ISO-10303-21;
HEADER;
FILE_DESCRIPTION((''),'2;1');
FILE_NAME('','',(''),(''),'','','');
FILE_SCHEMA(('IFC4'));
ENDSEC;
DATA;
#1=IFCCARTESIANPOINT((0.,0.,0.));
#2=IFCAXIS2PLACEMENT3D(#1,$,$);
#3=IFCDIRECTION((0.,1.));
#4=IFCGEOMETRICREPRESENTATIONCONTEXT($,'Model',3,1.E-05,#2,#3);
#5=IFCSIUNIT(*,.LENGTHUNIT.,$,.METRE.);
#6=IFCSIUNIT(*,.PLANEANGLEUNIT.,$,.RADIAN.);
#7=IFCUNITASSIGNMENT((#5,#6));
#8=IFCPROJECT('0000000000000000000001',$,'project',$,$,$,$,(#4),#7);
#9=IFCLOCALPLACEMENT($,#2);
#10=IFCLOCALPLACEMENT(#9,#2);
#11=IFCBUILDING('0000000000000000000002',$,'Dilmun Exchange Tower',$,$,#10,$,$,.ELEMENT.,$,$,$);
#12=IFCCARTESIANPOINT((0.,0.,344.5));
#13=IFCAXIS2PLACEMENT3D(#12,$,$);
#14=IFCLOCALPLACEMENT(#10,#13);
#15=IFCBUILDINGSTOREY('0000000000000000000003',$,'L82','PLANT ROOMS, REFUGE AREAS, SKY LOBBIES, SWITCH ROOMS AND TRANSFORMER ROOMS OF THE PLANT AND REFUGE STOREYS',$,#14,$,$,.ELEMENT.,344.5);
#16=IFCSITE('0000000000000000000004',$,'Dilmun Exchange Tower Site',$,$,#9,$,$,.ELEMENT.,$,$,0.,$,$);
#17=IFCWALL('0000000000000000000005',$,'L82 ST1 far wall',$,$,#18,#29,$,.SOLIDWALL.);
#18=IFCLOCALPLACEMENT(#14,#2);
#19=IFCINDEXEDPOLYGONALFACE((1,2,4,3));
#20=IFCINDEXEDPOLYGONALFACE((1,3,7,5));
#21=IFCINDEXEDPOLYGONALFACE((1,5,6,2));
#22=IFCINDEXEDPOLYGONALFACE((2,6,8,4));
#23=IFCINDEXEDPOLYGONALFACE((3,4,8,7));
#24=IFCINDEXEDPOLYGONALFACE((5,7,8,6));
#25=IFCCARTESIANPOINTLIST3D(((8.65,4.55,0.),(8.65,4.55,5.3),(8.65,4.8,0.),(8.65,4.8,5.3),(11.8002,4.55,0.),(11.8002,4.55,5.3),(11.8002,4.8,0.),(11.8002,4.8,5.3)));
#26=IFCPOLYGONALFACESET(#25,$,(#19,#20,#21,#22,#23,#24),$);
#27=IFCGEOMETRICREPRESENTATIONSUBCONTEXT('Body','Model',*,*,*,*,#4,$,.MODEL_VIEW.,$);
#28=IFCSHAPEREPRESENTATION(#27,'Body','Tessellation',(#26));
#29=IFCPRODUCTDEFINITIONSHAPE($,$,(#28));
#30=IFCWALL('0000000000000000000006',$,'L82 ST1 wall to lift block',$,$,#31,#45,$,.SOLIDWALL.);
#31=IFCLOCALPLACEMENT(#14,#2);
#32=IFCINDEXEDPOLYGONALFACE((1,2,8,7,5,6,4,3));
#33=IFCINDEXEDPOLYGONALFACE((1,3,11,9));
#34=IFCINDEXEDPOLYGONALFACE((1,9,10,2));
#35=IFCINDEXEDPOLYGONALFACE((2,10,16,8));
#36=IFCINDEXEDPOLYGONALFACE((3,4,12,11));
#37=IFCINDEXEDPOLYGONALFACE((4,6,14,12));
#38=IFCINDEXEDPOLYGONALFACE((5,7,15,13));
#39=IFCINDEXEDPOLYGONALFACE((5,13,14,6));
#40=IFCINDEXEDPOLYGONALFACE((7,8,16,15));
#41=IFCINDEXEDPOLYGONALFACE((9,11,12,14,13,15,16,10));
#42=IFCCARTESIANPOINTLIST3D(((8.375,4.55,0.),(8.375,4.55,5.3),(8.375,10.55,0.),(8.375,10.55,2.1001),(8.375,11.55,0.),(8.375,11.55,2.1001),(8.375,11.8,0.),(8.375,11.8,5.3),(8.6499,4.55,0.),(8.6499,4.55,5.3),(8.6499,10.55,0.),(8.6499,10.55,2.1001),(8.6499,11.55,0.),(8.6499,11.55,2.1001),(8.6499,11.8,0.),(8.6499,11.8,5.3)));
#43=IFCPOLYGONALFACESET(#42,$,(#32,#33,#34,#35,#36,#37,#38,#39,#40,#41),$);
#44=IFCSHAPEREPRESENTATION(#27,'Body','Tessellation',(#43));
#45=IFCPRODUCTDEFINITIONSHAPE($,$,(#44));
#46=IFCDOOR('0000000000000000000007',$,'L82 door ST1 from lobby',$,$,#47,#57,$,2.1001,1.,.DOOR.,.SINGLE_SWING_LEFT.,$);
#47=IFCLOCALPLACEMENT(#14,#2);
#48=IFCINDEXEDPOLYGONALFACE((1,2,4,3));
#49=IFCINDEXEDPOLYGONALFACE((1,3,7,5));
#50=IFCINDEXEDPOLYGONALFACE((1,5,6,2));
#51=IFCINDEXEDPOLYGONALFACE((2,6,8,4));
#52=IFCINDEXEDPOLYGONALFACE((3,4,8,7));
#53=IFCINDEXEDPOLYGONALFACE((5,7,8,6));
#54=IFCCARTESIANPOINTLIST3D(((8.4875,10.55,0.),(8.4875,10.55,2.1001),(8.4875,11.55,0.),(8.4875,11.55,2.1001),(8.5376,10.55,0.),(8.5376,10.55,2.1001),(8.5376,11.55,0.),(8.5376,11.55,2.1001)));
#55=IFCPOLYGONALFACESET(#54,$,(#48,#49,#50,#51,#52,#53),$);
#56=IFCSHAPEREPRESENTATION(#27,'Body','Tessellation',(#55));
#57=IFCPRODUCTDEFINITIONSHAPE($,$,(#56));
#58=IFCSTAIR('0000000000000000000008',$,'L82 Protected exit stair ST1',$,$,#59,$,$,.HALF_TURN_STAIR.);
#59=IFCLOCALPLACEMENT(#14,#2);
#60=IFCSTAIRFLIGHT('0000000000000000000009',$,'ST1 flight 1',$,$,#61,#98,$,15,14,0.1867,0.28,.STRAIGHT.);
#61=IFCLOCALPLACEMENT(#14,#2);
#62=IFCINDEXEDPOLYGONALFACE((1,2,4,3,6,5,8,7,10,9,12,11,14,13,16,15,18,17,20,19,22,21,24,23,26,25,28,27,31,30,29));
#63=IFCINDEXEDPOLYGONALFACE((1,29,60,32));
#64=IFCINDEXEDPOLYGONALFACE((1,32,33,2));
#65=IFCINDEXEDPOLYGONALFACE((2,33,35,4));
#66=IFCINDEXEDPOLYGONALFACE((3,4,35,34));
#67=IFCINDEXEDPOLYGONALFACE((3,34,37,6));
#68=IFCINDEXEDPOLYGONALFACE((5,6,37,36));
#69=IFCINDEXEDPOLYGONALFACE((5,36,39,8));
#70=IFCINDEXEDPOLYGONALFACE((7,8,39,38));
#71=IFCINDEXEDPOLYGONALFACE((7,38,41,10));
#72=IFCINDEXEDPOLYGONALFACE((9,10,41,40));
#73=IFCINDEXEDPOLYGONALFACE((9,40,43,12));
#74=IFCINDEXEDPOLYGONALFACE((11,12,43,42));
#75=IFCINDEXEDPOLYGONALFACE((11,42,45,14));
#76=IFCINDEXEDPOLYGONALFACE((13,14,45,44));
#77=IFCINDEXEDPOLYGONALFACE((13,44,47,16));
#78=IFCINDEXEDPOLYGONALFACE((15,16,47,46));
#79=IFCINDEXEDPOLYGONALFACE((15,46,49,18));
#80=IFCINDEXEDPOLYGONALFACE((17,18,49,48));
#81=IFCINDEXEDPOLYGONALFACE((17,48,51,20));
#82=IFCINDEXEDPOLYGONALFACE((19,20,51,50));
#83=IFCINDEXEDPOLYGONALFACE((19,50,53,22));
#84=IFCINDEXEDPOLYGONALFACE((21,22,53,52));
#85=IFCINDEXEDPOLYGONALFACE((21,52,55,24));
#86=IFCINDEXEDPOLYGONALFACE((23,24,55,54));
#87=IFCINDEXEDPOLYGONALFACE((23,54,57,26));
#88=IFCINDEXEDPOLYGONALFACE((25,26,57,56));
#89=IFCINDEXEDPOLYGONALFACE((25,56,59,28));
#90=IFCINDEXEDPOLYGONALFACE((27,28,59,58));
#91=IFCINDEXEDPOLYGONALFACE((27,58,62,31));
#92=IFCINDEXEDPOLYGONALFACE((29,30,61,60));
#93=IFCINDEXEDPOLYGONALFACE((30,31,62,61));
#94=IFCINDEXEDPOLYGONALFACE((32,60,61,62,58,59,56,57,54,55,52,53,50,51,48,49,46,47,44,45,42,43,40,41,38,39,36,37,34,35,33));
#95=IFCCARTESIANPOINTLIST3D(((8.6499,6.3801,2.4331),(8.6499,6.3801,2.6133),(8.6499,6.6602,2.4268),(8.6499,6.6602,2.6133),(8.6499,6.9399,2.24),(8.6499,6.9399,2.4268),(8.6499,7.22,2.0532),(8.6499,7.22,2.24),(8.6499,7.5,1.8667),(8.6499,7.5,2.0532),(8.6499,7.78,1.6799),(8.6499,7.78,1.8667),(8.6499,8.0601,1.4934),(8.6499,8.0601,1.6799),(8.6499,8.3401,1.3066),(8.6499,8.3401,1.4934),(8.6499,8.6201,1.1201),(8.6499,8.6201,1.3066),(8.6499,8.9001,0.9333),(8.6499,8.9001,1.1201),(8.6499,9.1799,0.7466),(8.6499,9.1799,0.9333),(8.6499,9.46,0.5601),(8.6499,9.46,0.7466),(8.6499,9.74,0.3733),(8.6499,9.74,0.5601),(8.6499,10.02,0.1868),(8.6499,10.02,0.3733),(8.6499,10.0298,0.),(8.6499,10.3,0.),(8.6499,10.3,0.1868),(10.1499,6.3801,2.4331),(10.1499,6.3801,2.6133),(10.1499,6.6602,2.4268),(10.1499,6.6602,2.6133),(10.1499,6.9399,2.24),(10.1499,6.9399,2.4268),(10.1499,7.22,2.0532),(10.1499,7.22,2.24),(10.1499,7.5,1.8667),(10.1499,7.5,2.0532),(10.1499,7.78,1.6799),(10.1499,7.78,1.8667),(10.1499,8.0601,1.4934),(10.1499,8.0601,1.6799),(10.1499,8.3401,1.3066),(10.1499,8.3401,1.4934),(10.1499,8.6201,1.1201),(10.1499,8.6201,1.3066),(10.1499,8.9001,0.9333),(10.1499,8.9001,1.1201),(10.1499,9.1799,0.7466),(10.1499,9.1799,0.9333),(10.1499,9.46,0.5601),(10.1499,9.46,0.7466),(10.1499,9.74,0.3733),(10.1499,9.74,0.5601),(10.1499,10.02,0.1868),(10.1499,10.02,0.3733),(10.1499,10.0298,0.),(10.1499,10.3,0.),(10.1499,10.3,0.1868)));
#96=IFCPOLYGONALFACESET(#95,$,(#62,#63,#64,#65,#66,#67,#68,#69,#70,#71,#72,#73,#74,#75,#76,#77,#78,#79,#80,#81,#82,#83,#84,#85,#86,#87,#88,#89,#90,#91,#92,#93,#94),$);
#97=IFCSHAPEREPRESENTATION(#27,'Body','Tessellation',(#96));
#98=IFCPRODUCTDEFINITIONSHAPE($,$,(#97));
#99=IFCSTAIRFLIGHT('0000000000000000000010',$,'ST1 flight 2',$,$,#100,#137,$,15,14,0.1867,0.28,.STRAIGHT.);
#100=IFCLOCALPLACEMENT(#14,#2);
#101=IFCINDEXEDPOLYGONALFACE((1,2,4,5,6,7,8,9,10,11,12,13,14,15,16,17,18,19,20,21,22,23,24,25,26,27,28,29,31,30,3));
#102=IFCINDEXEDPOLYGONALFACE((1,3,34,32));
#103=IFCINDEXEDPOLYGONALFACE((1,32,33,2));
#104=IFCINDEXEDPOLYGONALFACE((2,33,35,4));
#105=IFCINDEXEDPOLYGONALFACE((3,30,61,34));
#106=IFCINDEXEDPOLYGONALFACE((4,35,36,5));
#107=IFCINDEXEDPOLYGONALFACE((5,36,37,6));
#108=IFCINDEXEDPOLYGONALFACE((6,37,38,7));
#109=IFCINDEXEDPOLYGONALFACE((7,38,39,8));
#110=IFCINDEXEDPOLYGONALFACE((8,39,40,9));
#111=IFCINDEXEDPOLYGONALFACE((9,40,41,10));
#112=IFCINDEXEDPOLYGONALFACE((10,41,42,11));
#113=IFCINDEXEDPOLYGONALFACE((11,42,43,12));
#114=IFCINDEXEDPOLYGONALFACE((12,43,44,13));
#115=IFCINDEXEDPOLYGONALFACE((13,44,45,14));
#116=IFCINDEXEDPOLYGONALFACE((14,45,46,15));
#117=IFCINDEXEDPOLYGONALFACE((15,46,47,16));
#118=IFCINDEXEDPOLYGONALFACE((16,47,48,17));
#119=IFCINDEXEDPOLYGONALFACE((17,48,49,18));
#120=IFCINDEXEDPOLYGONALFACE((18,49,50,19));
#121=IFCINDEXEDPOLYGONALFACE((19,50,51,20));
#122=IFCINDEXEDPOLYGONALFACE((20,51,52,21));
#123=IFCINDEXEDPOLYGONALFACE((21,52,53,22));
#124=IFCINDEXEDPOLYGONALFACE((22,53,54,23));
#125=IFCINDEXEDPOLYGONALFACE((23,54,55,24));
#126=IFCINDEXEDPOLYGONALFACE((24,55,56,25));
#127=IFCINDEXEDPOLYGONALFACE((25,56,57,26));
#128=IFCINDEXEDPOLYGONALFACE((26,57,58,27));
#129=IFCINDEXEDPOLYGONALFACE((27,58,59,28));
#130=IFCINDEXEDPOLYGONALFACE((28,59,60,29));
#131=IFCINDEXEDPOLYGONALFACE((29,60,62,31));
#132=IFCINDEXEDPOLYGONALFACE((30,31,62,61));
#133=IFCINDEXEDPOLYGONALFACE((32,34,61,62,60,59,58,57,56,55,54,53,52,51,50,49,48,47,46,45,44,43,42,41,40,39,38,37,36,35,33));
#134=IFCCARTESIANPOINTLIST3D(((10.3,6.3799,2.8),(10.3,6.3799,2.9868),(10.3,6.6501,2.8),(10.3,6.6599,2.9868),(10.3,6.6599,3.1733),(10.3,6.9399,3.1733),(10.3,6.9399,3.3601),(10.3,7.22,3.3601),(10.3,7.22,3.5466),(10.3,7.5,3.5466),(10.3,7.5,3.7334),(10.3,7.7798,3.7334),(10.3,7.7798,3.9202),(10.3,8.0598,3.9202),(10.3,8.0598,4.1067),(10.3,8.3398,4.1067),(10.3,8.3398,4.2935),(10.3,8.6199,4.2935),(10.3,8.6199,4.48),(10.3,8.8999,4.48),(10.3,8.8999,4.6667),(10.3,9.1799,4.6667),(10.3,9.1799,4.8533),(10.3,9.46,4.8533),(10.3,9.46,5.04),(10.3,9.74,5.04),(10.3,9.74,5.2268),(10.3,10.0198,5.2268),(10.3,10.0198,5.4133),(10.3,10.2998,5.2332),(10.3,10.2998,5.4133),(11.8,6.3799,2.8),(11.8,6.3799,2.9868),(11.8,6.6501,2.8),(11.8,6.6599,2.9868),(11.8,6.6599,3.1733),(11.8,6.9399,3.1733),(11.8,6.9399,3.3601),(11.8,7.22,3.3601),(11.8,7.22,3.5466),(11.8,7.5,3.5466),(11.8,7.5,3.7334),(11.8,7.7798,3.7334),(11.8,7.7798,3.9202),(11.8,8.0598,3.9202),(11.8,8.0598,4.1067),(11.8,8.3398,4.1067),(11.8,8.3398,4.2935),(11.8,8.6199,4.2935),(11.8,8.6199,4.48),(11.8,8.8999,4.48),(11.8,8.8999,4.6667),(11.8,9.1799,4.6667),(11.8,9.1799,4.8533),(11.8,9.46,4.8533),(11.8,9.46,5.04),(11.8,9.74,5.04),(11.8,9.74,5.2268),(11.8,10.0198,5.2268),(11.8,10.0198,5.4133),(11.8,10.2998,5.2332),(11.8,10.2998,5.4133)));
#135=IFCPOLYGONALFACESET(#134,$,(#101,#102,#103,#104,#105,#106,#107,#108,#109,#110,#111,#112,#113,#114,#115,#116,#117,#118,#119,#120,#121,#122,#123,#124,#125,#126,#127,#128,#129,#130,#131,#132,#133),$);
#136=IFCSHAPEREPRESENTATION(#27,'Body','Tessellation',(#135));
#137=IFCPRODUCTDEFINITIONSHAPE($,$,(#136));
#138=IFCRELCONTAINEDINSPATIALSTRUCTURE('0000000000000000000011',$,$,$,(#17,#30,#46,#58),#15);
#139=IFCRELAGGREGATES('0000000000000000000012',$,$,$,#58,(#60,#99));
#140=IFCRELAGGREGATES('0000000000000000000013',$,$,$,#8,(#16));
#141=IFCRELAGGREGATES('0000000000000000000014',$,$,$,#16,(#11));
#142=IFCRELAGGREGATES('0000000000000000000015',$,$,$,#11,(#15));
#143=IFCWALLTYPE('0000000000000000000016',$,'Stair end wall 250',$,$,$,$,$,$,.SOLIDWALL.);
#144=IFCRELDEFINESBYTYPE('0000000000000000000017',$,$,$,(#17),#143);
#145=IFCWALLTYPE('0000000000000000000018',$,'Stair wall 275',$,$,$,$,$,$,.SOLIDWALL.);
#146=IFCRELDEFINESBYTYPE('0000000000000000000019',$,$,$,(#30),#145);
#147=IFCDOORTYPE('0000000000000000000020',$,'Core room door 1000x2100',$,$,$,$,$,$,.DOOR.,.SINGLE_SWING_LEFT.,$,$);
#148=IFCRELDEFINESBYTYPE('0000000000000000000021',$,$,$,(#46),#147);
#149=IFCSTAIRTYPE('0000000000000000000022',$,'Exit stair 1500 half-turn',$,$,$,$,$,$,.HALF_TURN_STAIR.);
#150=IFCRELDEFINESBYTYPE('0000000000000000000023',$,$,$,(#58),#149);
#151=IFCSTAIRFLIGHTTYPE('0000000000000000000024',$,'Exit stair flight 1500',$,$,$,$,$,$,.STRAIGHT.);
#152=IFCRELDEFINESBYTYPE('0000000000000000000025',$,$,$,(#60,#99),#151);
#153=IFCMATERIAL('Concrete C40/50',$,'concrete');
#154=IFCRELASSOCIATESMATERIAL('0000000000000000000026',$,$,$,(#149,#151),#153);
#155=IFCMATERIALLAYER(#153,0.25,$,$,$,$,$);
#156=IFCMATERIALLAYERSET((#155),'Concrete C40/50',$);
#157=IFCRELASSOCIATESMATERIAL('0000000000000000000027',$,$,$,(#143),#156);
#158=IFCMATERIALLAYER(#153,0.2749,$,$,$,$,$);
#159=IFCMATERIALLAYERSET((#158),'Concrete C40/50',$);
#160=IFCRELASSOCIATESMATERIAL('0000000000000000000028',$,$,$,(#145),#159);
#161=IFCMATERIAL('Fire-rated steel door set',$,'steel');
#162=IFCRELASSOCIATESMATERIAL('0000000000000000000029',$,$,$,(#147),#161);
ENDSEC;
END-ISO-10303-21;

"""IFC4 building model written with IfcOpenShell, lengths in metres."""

from ifc_helpers import new_model, si_unit, direction, frame, frame_2d, origin, place, context, subcontext, project, spatial, polyline, rectangle, outline, extrude, material, layer, layer_set, type_object, element, fill, aggregate, save


model = new_model("IFC4")

# Units and contexts
model_context = context("Model", 3, precision=1e-05, world=origin(), true_north=direction((0.0, 1.0)))
body_context = subcontext(model_context, "Body", "Model", "MODEL_VIEW")
ifc_project = project(units=[si_unit("LENGTHUNIT", "METRE"), si_unit("PLANEANGLEUNIT", "RADIAN")], contexts=[model_context])

# Site, building, storey
site_placement = place(None, origin())
site = spatial("IfcSite", under=ifc_project, at=site_placement, Name="Dilmun Exchange Tower Site", CompositionType="ELEMENT", RefElevation=0.0)
building_placement = place(site_placement, origin())
building = spatial("IfcBuilding", under=site, at=building_placement, Name="Dilmun Exchange Tower", CompositionType="ELEMENT")
storey_placement = place(building_placement, frame((0.0, 0.0, 344.5)))
storey = spatial("IfcBuildingStorey", under=building, at=storey_placement, Name="L82", Description="PLANT ROOMS, REFUGE AREAS, SKY LOBBIES, SWITCH ROOMS AND TRANSFORMER ROOMS OF THE PLANT AND REFUGE STOREYS", CompositionType="ELEMENT", Elevation=344.5)

# Shared definitions
ifc_material_1 = material(Name="Concrete C40/50", Category="concrete")
stair_type = type_object("IfcStairType", Name="Exit stair 1500 half-turn", PredefinedType="HALF_TURN_STAIR", material=ifc_material_1)

# Shared definitions
ifc_material_2 = material(Name="Fire-rated steel door set", Category="steel")

# Wall
ifc_layer_1 = layer(ifc_material_1, 0.25)
ifc_layer_set_1 = layer_set([ifc_layer_1], Name="Concrete C40/50")
wall_type_1 = type_object("IfcWallType", Name="Stair end wall 250", PredefinedType="SOLIDWALL", material=ifc_layer_set_1)
wall_1_placement = place(storey_placement, frame((8.6499, 4.675, 0.0), z_axis=(0.0, 0.0, 1.0), x_axis=(1.0, 0.0, 0.0)))
element("IfcWall", 1, at=wall_1_placement, inside=storey, type_object=wall_type_1, Name="L82 ST1 far wall", PredefinedType="SOLIDWALL", context=body_context, shape_type="SweptSolid", body=[
    extrude(rectangle(XDim=3.1501, YDim=0.25, at=frame_2d((1.5752, 0.0))), origin(), (0.0, 0.0, 1.0), 5.3),
])

# Wall, opening, door
ifc_layer_2 = layer(ifc_material_1, 0.2749)
ifc_layer_set_2 = layer_set([ifc_layer_2], Name="Concrete C40/50")
wall_type_2 = type_object("IfcWallType", Name="Stair wall 275", PredefinedType="SOLIDWALL", material=ifc_layer_set_2)
wall_2_placement = place(storey_placement, frame((8.5125, 4.55, 0.0), z_axis=(0.0, 0.0, 1.0), x_axis=(0.0, 1.0, 0.0)))
wall_2 = element("IfcWall", 2, at=wall_2_placement, inside=storey, type_object=wall_type_2, Name="L82 ST1 wall to lift block", PredefinedType="SOLIDWALL", context=body_context, shape_type="SweptSolid", body=[
    extrude(rectangle(XDim=7.25, YDim=0.2749, at=frame_2d((3.625, 0.0))), origin(), (0.0, 0.0, 1.0), 5.3),
])
opening_1_placement = place(wall_2_placement, frame((6.0, 0.0, 0.0)))
opening_1 = element("IfcOpeningElement", 3, at=opening_1_placement, cuts=wall_2, PredefinedType="OPENING", context=body_context, shape_type="SweptSolid", body=[
    extrude(rectangle(XDim=1.0, YDim=2.1001, at=frame_2d((0.5, 1.05))), frame((0.0, 0.1475, 0.0), z_axis=(0.0, -1.0, 0.0), x_axis=(1.0, 0.0, 0.0)), (0.0, 0.0, 1.0), 0.2949),
])
door_type_1 = type_object("IfcDoorType", Name="Core room door 1000x2100", OperationType="SINGLE_SWING_LEFT", PredefinedType="DOOR", material=ifc_material_2)
door_1_placement = place(opening_1_placement, origin())
door_1 = element("IfcDoor", 4, at=door_1_placement, inside=storey, type_object=door_type_1, Name="L82 door ST1 from lobby", OperationType="SINGLE_SWING_LEFT", OverallHeight=2.1001, OverallWidth=1.0, PredefinedType="DOOR", context=body_context, shape_type="SweptSolid", body=[
    extrude(rectangle(XDim=1.0, YDim=2.1001, at=frame_2d((0.5, 1.05))), frame((0.0, 0.0249, 0.0), z_axis=(0.0, -1.0, 0.0), x_axis=(1.0, 0.0, 0.0)), (0.0, 0.0, 1.0), 0.05),
])
fill(opening_1, door_1)

# Stair, stair flights
stair_1_placement = place(storey_placement, origin())
stair_1 = element("IfcStair", 5, at=stair_1_placement, inside=storey, type_object=stair_type, Name="L82 Protected exit stair ST1", PredefinedType="HALF_TURN_STAIR")
stair_flight_type = type_object("IfcStairFlightType", Name="Exit stair flight 1500", PredefinedType="STRAIGHT", material=ifc_material_1)
stair_flight_1_placement = place(storey_placement, frame((9.3999, 10.3, 0.0), z_axis=(0.0, 0.0, 1.0), x_axis=(0.0, -1.0, 0.0)))
stair_flight_1 = element("IfcStairFlight", 6, at=stair_flight_1_placement, type_object=stair_flight_type, Name="ST1 flight 1", NumberOfRisers=15, NumberOfTreads=14, PredefinedType="STRAIGHT", RiserHeight=0.1867, TreadLength=0.28, context=body_context, shape_type="SweptSolid", body=[
    extrude(outline(polyline([(0.0, 0.0), (0.0, 0.1868), (0.28, 0.1868), (0.28, 0.3733), (0.5601, 0.3733), (0.5601, 0.5601), (0.8401, 0.5601), (0.8401, 0.7466), (1.1201, 0.7466), (1.1201, 0.9333), (1.3999, 0.9333), (1.3999, 1.1201), (1.6799, 1.1201), (1.6799, 1.3066), (1.96, 1.3066), (1.96, 1.4934), (2.24, 1.4934), (2.24, 1.6799), (2.52, 1.6799), (2.52, 1.8667), (2.8, 1.8667), (2.8, 2.0532), (3.0801, 2.0532), (3.0801, 2.24), (3.3601, 2.24), (3.3601, 2.4268), (3.6399, 2.4268), (3.6399, 2.6133), (3.9199, 2.6133), (3.9199, 2.8), (3.9199, 2.4331), (0.2703, 0.0), (0.0, 0.0)])), frame((0.0, 0.75, 0.0), z_axis=(0.0, -1.0, 0.0), x_axis=(1.0, 0.0, 0.0)), (0.0, 0.0, 1.0), 1.5),
])
stair_flight_2_placement = place(storey_placement, frame((11.05, 6.3799, 2.8), z_axis=(0.0, 0.0, 1.0), x_axis=(0.0, 1.0, 0.0)))
stair_flight_2 = element("IfcStairFlight", 7, at=stair_flight_2_placement, type_object=stair_flight_type, Name="ST1 flight 2", NumberOfRisers=15, NumberOfTreads=14, PredefinedType="STRAIGHT", RiserHeight=0.1867, TreadLength=0.28, context=body_context, shape_type="SweptSolid", body=[
    extrude(outline(polyline([(0.0, 0.0), (0.0, 0.1868), (0.28, 0.1868), (0.28, 0.3733), (0.5601, 0.3733), (0.5601, 0.5601), (0.8401, 0.5601), (0.8401, 0.7466), (1.1201, 0.7466), (1.1201, 0.9333), (1.3999, 0.9333), (1.3999, 1.1201), (1.6799, 1.1201), (1.6799, 1.3066), (1.96, 1.3066), (1.96, 1.4934), (2.24, 1.4934), (2.24, 1.6799), (2.52, 1.6799), (2.52, 1.8667), (2.8, 1.8667), (2.8, 2.0532), (3.0801, 2.0532), (3.0801, 2.24), (3.3601, 2.24), (3.3601, 2.4268), (3.6399, 2.4268), (3.6399, 2.6133), (3.9199, 2.6133), (3.9199, 2.8), (3.9199, 2.4331), (0.2703, 0.0), (0.0, 0.0)])), frame((0.0, 0.75, 0.0), z_axis=(0.0, -1.0, 0.0), x_axis=(1.0, 0.0, 0.0)), (0.0, 0.0, 1.0), 1.5),
])
aggregate(stair_1, [stair_flight_1, stair_flight_2])

save(model, "model.ifc")
